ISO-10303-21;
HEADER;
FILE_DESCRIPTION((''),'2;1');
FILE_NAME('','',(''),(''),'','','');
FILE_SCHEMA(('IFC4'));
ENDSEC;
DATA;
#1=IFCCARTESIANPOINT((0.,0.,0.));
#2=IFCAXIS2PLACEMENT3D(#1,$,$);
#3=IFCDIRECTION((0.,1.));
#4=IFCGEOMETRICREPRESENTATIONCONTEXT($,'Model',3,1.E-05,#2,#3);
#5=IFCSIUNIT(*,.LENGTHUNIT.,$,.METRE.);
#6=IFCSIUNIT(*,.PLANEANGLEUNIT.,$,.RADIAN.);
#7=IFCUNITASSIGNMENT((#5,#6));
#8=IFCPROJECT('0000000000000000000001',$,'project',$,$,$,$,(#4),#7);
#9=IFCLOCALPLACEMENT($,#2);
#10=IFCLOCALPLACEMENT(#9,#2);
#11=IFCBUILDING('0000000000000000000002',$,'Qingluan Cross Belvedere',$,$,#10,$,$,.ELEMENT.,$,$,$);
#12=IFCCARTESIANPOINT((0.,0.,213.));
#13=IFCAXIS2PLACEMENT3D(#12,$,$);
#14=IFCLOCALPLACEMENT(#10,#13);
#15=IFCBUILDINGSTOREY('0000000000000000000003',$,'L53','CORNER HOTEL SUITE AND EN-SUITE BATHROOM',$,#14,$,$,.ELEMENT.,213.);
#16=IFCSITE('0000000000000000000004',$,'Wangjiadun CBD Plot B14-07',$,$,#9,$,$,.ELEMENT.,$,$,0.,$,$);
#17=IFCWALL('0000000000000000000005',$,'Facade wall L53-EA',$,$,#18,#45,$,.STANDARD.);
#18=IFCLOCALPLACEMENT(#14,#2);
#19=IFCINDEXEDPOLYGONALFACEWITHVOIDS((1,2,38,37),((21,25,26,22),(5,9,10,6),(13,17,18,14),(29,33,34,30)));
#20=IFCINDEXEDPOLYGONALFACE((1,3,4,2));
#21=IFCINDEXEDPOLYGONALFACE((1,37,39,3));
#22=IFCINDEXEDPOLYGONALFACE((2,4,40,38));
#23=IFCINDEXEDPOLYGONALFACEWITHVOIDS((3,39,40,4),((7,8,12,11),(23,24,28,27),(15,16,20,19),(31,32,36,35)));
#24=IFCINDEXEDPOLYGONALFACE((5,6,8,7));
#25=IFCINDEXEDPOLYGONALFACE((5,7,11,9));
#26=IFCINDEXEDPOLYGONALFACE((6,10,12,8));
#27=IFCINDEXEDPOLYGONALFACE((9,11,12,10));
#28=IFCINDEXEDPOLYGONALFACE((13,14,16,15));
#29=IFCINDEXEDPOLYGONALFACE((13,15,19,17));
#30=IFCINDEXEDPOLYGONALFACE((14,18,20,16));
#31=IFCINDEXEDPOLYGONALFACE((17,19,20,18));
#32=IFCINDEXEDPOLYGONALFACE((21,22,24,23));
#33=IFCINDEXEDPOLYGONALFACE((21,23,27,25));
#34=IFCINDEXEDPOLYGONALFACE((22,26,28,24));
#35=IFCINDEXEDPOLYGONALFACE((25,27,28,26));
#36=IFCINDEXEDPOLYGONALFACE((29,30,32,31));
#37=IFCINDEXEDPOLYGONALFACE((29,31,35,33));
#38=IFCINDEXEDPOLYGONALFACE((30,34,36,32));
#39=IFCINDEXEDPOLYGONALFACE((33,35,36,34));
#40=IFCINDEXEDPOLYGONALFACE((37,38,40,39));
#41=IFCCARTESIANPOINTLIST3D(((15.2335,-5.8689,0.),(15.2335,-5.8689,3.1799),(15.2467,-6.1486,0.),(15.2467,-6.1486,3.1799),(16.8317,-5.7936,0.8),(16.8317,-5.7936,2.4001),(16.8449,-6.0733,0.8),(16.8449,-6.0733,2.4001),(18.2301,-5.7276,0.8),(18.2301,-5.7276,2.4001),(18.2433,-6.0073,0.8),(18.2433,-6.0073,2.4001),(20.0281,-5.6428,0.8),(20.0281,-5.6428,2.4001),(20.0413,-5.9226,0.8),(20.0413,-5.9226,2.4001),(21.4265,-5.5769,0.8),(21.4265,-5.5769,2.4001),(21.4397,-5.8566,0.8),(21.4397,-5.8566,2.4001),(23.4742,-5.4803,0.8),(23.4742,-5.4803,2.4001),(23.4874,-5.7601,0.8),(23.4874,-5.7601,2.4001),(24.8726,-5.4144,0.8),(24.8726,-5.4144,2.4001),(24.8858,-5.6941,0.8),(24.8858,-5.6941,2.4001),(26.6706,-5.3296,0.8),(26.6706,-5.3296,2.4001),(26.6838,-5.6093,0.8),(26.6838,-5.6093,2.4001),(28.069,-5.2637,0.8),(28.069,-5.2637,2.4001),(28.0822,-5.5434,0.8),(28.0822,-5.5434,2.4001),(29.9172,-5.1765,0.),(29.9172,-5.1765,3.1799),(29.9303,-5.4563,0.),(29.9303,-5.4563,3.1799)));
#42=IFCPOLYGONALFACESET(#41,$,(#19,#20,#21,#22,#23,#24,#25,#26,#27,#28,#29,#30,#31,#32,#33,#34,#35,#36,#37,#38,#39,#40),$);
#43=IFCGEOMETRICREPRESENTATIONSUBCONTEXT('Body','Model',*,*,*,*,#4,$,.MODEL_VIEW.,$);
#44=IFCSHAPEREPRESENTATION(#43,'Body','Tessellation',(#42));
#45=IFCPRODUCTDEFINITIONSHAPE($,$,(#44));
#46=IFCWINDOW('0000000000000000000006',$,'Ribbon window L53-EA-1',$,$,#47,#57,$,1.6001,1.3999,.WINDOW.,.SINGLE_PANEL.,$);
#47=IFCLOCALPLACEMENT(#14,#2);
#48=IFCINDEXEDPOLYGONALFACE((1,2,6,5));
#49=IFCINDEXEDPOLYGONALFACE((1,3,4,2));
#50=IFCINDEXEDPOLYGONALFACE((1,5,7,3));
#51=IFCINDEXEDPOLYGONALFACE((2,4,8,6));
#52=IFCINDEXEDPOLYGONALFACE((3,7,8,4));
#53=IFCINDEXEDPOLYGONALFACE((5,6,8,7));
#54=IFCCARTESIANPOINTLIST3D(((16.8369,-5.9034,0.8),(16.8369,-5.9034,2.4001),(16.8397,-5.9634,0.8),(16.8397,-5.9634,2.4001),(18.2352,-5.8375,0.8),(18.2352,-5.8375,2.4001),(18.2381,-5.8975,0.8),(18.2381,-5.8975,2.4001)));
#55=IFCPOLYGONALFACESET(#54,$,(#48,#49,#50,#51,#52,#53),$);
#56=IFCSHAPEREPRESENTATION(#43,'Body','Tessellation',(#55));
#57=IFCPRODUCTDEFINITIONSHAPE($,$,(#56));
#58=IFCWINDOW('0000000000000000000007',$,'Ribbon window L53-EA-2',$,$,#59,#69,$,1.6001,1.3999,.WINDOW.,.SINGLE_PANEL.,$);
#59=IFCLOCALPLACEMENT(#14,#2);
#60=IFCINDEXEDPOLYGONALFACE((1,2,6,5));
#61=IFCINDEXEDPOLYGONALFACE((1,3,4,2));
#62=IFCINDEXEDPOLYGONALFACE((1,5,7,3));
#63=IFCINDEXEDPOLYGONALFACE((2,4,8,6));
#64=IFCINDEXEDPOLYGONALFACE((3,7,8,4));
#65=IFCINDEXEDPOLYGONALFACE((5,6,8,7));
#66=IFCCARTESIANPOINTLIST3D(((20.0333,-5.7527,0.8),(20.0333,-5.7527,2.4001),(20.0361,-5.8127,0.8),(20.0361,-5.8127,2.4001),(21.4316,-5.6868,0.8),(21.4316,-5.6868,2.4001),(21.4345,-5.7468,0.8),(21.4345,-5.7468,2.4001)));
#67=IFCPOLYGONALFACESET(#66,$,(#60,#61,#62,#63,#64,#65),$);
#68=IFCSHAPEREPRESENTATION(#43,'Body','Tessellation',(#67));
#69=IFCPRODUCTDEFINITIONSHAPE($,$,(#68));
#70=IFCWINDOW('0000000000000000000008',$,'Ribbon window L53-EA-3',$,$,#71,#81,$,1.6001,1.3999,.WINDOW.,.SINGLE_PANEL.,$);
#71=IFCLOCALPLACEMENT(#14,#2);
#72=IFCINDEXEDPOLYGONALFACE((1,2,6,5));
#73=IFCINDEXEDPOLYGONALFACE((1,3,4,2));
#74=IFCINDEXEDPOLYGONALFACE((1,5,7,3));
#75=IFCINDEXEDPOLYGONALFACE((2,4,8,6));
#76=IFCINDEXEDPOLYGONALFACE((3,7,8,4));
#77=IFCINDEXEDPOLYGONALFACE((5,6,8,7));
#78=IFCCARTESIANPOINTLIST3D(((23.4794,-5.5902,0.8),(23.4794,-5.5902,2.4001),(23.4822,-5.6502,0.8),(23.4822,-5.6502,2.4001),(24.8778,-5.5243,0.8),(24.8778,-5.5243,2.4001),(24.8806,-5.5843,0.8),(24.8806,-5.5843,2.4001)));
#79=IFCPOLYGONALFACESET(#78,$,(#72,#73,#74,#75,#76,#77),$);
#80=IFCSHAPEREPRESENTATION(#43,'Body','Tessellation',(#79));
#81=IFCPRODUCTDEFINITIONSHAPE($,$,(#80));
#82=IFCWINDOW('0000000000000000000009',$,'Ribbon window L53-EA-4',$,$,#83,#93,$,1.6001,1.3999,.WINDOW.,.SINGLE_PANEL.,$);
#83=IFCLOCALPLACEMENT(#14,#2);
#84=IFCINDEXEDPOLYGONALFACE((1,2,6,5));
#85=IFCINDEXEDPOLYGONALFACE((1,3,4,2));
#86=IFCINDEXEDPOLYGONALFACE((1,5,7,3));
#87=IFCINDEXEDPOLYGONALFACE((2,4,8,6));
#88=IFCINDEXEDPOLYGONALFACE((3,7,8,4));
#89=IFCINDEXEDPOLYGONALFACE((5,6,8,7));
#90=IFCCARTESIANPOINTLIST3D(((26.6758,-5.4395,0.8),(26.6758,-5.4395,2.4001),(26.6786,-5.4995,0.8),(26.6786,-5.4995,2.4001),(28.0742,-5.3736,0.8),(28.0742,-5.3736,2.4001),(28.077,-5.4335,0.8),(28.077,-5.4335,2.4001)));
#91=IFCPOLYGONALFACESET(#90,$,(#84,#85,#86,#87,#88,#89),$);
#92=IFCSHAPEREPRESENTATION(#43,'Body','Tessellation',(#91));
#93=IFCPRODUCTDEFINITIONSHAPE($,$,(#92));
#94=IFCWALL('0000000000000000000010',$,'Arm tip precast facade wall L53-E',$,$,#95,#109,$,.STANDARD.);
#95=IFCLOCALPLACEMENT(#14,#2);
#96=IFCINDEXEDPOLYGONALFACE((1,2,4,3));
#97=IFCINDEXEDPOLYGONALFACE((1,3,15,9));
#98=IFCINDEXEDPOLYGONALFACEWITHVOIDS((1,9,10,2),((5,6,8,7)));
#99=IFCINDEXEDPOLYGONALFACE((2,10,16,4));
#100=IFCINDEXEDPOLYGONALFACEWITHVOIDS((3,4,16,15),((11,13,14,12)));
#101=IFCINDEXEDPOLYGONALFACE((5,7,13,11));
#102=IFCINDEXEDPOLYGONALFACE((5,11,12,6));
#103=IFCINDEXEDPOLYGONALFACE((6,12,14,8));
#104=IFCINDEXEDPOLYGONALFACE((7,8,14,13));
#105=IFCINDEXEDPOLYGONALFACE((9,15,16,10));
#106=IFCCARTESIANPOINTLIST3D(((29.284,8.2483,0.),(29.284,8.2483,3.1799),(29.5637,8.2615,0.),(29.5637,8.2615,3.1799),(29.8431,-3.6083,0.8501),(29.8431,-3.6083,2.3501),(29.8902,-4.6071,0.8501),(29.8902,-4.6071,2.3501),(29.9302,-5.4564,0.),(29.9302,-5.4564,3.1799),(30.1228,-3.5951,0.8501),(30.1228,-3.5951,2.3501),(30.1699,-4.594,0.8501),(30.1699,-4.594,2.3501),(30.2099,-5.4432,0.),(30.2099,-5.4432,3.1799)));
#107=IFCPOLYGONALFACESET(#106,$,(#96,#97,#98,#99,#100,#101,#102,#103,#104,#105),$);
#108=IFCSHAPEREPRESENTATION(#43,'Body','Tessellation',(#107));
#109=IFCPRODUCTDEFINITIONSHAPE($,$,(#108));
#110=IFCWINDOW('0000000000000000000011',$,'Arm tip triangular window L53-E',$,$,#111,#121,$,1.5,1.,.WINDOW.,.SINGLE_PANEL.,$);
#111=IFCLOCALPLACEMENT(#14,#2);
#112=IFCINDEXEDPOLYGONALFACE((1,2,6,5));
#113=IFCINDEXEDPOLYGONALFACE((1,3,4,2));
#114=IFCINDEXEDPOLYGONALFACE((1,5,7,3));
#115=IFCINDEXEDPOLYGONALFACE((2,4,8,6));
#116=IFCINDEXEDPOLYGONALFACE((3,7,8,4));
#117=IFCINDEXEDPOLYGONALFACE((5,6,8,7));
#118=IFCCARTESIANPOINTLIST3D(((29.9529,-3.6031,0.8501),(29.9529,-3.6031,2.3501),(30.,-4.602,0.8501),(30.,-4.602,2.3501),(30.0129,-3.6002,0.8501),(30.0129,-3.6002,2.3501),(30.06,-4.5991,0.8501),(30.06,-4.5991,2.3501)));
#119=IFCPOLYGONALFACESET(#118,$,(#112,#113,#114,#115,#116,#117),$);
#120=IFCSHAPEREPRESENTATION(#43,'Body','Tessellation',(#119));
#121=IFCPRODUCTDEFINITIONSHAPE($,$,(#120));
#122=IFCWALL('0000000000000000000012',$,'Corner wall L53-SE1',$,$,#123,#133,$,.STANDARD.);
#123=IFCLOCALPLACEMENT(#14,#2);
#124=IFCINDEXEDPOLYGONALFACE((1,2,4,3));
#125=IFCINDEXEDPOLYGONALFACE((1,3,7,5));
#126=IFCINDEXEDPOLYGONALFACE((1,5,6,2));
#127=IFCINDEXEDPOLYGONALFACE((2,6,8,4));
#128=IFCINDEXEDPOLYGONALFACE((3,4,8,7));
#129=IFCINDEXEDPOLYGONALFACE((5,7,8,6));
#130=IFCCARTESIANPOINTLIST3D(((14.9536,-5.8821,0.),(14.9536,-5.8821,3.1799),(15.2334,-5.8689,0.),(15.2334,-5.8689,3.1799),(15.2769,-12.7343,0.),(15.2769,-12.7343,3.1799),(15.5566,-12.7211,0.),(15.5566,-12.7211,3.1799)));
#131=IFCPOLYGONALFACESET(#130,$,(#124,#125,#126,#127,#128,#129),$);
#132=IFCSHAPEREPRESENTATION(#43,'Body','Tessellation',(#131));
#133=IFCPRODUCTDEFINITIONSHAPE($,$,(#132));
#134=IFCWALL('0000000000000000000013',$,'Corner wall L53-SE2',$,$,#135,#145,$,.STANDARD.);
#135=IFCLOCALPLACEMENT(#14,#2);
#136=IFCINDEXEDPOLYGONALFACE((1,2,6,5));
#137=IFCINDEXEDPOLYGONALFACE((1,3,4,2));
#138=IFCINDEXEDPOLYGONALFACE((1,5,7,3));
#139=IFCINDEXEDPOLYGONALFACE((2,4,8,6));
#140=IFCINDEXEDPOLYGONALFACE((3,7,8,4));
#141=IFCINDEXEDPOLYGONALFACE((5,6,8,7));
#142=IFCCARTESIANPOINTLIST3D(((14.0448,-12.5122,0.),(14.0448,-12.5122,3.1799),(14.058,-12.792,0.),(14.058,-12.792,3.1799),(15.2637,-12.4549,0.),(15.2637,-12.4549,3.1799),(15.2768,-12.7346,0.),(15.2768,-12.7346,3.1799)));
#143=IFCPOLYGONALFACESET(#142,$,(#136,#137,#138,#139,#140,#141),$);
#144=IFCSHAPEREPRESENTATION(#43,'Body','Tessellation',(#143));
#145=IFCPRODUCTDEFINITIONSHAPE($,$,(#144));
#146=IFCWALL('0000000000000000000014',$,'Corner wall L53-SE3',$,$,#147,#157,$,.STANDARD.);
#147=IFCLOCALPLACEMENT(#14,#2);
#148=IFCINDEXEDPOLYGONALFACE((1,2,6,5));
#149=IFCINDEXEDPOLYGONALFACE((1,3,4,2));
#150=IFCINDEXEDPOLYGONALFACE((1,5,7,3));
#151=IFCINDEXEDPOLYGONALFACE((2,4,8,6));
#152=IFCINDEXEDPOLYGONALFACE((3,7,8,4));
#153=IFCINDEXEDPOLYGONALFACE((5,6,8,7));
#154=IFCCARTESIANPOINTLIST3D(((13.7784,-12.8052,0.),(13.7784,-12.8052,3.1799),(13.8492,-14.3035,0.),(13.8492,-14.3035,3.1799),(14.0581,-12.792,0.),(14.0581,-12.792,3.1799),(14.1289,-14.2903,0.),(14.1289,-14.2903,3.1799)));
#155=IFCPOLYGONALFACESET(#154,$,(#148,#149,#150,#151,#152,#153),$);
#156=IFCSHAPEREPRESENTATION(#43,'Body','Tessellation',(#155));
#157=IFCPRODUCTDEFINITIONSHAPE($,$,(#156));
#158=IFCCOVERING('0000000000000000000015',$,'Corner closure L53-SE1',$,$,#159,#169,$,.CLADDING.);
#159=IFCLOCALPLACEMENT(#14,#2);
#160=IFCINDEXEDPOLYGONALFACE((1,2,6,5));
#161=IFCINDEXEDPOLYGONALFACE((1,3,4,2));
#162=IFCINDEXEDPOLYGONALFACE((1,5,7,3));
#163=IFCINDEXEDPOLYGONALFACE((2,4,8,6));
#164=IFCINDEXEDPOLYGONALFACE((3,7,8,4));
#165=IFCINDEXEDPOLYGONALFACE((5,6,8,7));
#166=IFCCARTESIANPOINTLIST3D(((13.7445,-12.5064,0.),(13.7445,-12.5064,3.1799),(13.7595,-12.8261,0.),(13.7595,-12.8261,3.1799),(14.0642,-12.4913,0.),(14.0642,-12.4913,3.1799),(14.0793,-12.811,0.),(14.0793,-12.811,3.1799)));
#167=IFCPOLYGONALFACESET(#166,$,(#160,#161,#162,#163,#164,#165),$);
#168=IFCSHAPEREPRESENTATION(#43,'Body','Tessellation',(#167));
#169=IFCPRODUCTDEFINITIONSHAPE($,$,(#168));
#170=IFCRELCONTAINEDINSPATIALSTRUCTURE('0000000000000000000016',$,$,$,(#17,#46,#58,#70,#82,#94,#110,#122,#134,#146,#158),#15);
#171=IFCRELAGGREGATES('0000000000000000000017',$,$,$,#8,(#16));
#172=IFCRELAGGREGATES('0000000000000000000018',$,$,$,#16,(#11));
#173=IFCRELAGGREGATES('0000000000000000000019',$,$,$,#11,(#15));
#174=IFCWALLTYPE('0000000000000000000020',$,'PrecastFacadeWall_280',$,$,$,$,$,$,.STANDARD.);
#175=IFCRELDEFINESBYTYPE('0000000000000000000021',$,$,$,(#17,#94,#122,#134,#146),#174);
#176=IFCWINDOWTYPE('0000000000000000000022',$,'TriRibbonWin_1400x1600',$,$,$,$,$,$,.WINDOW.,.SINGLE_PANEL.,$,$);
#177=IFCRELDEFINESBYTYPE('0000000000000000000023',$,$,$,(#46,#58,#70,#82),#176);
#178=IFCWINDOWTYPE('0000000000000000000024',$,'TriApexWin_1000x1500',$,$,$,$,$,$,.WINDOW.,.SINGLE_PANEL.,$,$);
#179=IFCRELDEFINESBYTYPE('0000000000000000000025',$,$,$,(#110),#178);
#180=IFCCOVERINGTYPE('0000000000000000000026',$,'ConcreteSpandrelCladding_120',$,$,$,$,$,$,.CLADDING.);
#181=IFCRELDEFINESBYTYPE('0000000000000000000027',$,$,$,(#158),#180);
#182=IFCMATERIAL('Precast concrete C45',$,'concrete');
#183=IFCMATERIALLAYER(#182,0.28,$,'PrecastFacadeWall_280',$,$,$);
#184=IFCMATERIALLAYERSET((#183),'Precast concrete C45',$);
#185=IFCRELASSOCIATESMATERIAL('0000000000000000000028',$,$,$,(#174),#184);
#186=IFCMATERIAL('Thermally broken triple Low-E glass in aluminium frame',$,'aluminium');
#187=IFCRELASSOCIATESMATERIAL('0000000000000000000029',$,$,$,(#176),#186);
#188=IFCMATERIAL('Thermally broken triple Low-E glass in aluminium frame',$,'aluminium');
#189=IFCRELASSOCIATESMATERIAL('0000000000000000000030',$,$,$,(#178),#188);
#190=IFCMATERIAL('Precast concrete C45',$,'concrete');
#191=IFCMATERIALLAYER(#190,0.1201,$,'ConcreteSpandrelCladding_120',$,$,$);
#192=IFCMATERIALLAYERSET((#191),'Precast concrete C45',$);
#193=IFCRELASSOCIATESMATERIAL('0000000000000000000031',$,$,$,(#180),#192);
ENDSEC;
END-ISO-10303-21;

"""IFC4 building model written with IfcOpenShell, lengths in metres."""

from ifc_helpers import new_model, si_unit, direction, frame, frame_2d, origin, origin_2d, place, context, subcontext, project, spatial, rectangle, extrude, material, layer, layer_set, type_object, element, fill, save


model = new_model("IFC4")

# Units and contexts
model_context = context("Model", 3, precision=1e-05, world=origin(), true_north=direction((0.0, 1.0)))
body_context = subcontext(model_context, "Body", "Model", "MODEL_VIEW")
ifc_project = project(units=[si_unit("LENGTHUNIT", "METRE"), si_unit("PLANEANGLEUNIT", "RADIAN")], contexts=[model_context])

# Site, building, storey
site_placement = place(None, origin())
site = spatial("IfcSite", under=ifc_project, at=site_placement, Name="Wangjiadun CBD Plot B14-07", CompositionType="ELEMENT", RefElevation=0.0)
building_placement = place(site_placement, origin())
building = spatial("IfcBuilding", under=site, at=building_placement, Name="Qingluan Cross Belvedere", CompositionType="ELEMENT")
storey_placement = place(building_placement, frame((0.0, 0.0, 213.0)))
storey = spatial("IfcBuildingStorey", under=building, at=storey_placement, Name="L53", Description="CORNER HOTEL SUITE AND EN-SUITE BATHROOM", CompositionType="ELEMENT", Elevation=213.0)

# Wall, openings, windows
ifc_material_1 = material(Name="Precast concrete C45", Category="concrete")
ifc_layer_1 = layer(ifc_material_1, 0.28, Name="PrecastFacadeWall_280")
ifc_layer_set_1 = layer_set([ifc_layer_1], Name="Precast concrete C45")
wall_type_1 = type_object("IfcWallType", Name="PrecastFacadeWall_280", PredefinedType="STANDARD", material=ifc_layer_set_1)
wall_1_placement = place(storey_placement, frame((15.24, -6.0088, 0.0), z_axis=(0.0, 0.0, 1.0), x_axis=(0.99889, 0.047101, 0.0)))
wall_1 = element("IfcWall", 1, at=wall_1_placement, inside=storey, type_object=wall_type_1, Name="Facade wall L53-EA", PredefinedType="STANDARD", context=body_context, shape_type="SweptSolid", body=[
    extrude(rectangle(XDim=14.7, YDim=0.28, at=frame_2d((7.3501, 0.0))), origin(), (0.0, 0.0, 1.0), 3.1799),
])
opening_1_placement = place(wall_1_placement, frame((1.6001, 0.0, 0.8)))
opening_1 = element("IfcOpeningElement", 2, at=opening_1_placement, cuts=wall_1, PredefinedType="OPENING", context=body_context, shape_type="SweptSolid", body=[
    extrude(rectangle(XDim=1.3999, YDim=1.6001, at=frame_2d((0.7, 0.8))), frame((0.0, 0.1499, 0.0), z_axis=(0.0, -1.0, 0.0), x_axis=(1.0, 0.0, 0.0)), (0.0, 0.0, 1.0), 0.3),
])
opening_2_placement = place(wall_1_placement, frame((4.8, 0.0, 0.8)))
opening_2 = element("IfcOpeningElement", 3, at=opening_2_placement, cuts=wall_1, PredefinedType="OPENING", context=body_context, shape_type="SweptSolid", body=[
    extrude(rectangle(XDim=1.3999, YDim=1.6001, at=frame_2d((0.7, 0.8))), frame((0.0, 0.1499, 0.0), z_axis=(0.0, -1.0, 0.0), x_axis=(1.0, 0.0, 0.0)), (0.0, 0.0, 1.0), 0.3),
])
opening_3_placement = place(wall_1_placement, frame((8.25, 0.0, 0.8)))
opening_3 = element("IfcOpeningElement", 4, at=opening_3_placement, cuts=wall_1, PredefinedType="OPENING", context=body_context, shape_type="SweptSolid", body=[
    extrude(rectangle(XDim=1.3999, YDim=1.6001, at=frame_2d((0.7, 0.8))), frame((0.0, 0.1499, 0.0), z_axis=(0.0, -1.0, 0.0), x_axis=(1.0, 0.0, 0.0)), (0.0, 0.0, 1.0), 0.3),
])
opening_4_placement = place(wall_1_placement, frame((11.45, 0.0, 0.8)))
opening_4 = element("IfcOpeningElement", 5, at=opening_4_placement, cuts=wall_1, PredefinedType="OPENING", context=body_context, shape_type="SweptSolid", body=[
    extrude(rectangle(XDim=1.3999, YDim=1.6001, at=frame_2d((0.7, 0.8))), frame((0.0, 0.1499, 0.0), z_axis=(0.0, -1.0, 0.0), x_axis=(1.0, 0.0, 0.0)), (0.0, 0.0, 1.0), 0.3),
])
ifc_material_2 = material(Name="Thermally broken triple Low-E glass in aluminium frame", Category="aluminium")
window_type_1 = type_object("IfcWindowType", Name="TriRibbonWin_1400x1600", PartitioningType="SINGLE_PANEL", PredefinedType="WINDOW", material=ifc_material_2)
window_1_placement = place(opening_1_placement, origin())
window_1 = element("IfcWindow", 6, at=window_1_placement, inside=storey, type_object=window_type_1, Name="Ribbon window L53-EA-1", OverallHeight=1.6001, OverallWidth=1.3999, PartitioningType="SINGLE_PANEL", PredefinedType="WINDOW", context=body_context, shape_type="SweptSolid", body=[
    extrude(rectangle(XDim=1.3999, YDim=1.6001, at=frame_2d((0.7, 0.8))), frame((0.0, 0.03, 0.0), z_axis=(0.0, -1.0, 0.0), x_axis=(1.0, 0.0, 0.0)), (0.0, 0.0, 1.0), 0.0601),
])
fill(opening_1, window_1)
window_2_placement = place(opening_2_placement, origin())
window_2 = element("IfcWindow", 7, at=window_2_placement, inside=storey, type_object=window_type_1, Name="Ribbon window L53-EA-2", OverallHeight=1.6001, OverallWidth=1.3999, PartitioningType="SINGLE_PANEL", PredefinedType="WINDOW", context=body_context, shape_type="SweptSolid", body=[
    extrude(rectangle(XDim=1.3999, YDim=1.6001, at=frame_2d((0.7, 0.8))), frame((0.0, 0.03, 0.0), z_axis=(0.0, -1.0, 0.0), x_axis=(1.0, 0.0, 0.0)), (0.0, 0.0, 1.0), 0.0601),
])
fill(opening_2, window_2)
window_3_placement = place(opening_3_placement, origin())
window_3 = element("IfcWindow", 8, at=window_3_placement, inside=storey, type_object=window_type_1, Name="Ribbon window L53-EA-3", OverallHeight=1.6001, OverallWidth=1.3999, PartitioningType="SINGLE_PANEL", PredefinedType="WINDOW", context=body_context, shape_type="SweptSolid", body=[
    extrude(rectangle(XDim=1.3999, YDim=1.6001, at=frame_2d((0.7, 0.8))), frame((0.0, 0.03, 0.0), z_axis=(0.0, -1.0, 0.0), x_axis=(1.0, 0.0, 0.0)), (0.0, 0.0, 1.0), 0.0601),
])
fill(opening_3, window_3)
window_4_placement = place(opening_4_placement, origin())
window_4 = element("IfcWindow", 9, at=window_4_placement, inside=storey, type_object=window_type_1, Name="Ribbon window L53-EA-4", OverallHeight=1.6001, OverallWidth=1.3999, PartitioningType="SINGLE_PANEL", PredefinedType="WINDOW", context=body_context, shape_type="SweptSolid", body=[
    extrude(rectangle(XDim=1.3999, YDim=1.6001, at=frame_2d((0.7, 0.8))), frame((0.0, 0.03, 0.0), z_axis=(0.0, -1.0, 0.0), x_axis=(1.0, 0.0, 0.0)), (0.0, 0.0, 1.0), 0.0601),
])
fill(opening_4, window_4)

# Wall, opening, window
wall_2_placement = place(storey_placement, frame((30.0701, -5.4497, 0.0), z_axis=(0.0, 0.0, 1.0), x_axis=(-0.047102, 0.99889, 0.0)))
wall_2 = element("IfcWall", 10, at=wall_2_placement, inside=storey, type_object=wall_type_1, Name="Arm tip precast facade wall L53-E", PredefinedType="STANDARD", context=body_context, shape_type="SweptSolid", body=[
    extrude(rectangle(XDim=13.72, YDim=0.28, at=frame_2d((6.8599, 0.0))), origin(), (0.0, 0.0, 1.0), 3.1799),
])
opening_5_placement = place(wall_2_placement, frame((0.8501, 0.0, 0.8501)))
opening_5 = element("IfcOpeningElement", 11, at=opening_5_placement, cuts=wall_2, PredefinedType="OPENING", context=body_context, shape_type="SweptSolid", body=[
    extrude(rectangle(XDim=1.0, YDim=1.5, at=frame_2d((0.5, 0.75))), frame((0.0, 0.1499, 0.0), z_axis=(0.0, -1.0, 0.0), x_axis=(1.0, 0.0, 0.0)), (0.0, 0.0, 1.0), 0.3),
])
ifc_material_3 = material(Name="Thermally broken triple Low-E glass in aluminium frame", Category="aluminium")
window_type_2 = type_object("IfcWindowType", Name="TriApexWin_1000x1500", PartitioningType="SINGLE_PANEL", PredefinedType="WINDOW", material=ifc_material_3)
window_5_placement = place(opening_5_placement, origin())
window_5 = element("IfcWindow", 12, at=window_5_placement, inside=storey, type_object=window_type_2, Name="Arm tip triangular window L53-E", OverallHeight=1.5, OverallWidth=1.0, PartitioningType="SINGLE_PANEL", PredefinedType="WINDOW", context=body_context, shape_type="SweptSolid", body=[
    extrude(rectangle(XDim=1.0, YDim=1.5, at=frame_2d((0.5, 0.75))), frame((0.0, 0.03, 0.0), z_axis=(0.0, -1.0, 0.0), x_axis=(1.0, 0.0, 0.0)), (0.0, 0.0, 1.0), 0.0601),
])
fill(opening_5, window_5)

# Walls
wall_3_placement = place(storey_placement, frame((15.0935, -5.8755, 0.0), z_axis=(0.0, 0.0, 1.0), x_axis=(0.04712, -0.998889, 0.0)))
element("IfcWall", 13, at=wall_3_placement, inside=storey, type_object=wall_type_1, Name="Corner wall L53-SE1", PredefinedType="STANDARD", context=body_context, shape_type="SweptSolid", body=[
    extrude(rectangle(XDim=6.8599, YDim=0.28, at=frame_2d((3.4299, 0.0))), origin(), (0.0, 0.0, 1.0), 3.1799),
])
wall_4_placement = place(storey_placement, frame((15.2703, -12.5947, 0.0), z_axis=(0.0, 0.0, 1.0), x_axis=(-0.998894, -0.047023, 0.0)))
element("IfcWall", 14, at=wall_4_placement, inside=storey, type_object=wall_type_1, Name="Corner wall L53-SE2", PredefinedType="STANDARD", context=body_context, shape_type="SweptSolid", body=[
    extrude(rectangle(XDim=1.2202, YDim=0.28, at=frame_2d((0.6101, 0.0))), origin(), (0.0, 0.0, 1.0), 3.1799),
])
wall_5_placement = place(storey_placement, frame((13.9182, -12.7986, 0.0), z_axis=(0.0, 0.0, 1.0), x_axis=(0.047202, -0.998885, 0.0)))
element("IfcWall", 15, at=wall_5_placement, inside=storey, type_object=wall_type_1, Name="Corner wall L53-SE3", PredefinedType="STANDARD", context=body_context, shape_type="SweptSolid", body=[
    extrude(rectangle(XDim=1.5, YDim=0.28, at=frame_2d((0.75, 0.0))), origin(), (0.0, 0.0, 1.0), 3.1799),
])

# Covering
ifc_material_4 = material(Name="Precast concrete C45", Category="concrete")
ifc_layer_2 = layer(ifc_material_4, 0.1201, Name="ConcreteSpandrelCladding_120")
ifc_layer_set_2 = layer_set([ifc_layer_2], Name="Precast concrete C45")
covering_type = type_object("IfcCoveringType", Name="ConcreteSpandrelCladding_120", PredefinedType="CLADDING", material=ifc_layer_set_2)
covering_placement = place(storey_placement, frame((13.9119, -12.6587, 0.0), z_axis=(0.0, 0.0, 1.0), x_axis=(0.99889, 0.047106, 0.0)))
element("IfcCovering", 16, at=covering_placement, inside=storey, type_object=covering_type, Name="Corner closure L53-SE1", PredefinedType="CLADDING", context=body_context, shape_type="SweptSolid", body=[
    extrude(rectangle(XDim=0.3201, YDim=0.3201, at=origin_2d()), origin(), (0.0, 0.0, 1.0), 3.1799),
])

save(model, "model.ifc")
